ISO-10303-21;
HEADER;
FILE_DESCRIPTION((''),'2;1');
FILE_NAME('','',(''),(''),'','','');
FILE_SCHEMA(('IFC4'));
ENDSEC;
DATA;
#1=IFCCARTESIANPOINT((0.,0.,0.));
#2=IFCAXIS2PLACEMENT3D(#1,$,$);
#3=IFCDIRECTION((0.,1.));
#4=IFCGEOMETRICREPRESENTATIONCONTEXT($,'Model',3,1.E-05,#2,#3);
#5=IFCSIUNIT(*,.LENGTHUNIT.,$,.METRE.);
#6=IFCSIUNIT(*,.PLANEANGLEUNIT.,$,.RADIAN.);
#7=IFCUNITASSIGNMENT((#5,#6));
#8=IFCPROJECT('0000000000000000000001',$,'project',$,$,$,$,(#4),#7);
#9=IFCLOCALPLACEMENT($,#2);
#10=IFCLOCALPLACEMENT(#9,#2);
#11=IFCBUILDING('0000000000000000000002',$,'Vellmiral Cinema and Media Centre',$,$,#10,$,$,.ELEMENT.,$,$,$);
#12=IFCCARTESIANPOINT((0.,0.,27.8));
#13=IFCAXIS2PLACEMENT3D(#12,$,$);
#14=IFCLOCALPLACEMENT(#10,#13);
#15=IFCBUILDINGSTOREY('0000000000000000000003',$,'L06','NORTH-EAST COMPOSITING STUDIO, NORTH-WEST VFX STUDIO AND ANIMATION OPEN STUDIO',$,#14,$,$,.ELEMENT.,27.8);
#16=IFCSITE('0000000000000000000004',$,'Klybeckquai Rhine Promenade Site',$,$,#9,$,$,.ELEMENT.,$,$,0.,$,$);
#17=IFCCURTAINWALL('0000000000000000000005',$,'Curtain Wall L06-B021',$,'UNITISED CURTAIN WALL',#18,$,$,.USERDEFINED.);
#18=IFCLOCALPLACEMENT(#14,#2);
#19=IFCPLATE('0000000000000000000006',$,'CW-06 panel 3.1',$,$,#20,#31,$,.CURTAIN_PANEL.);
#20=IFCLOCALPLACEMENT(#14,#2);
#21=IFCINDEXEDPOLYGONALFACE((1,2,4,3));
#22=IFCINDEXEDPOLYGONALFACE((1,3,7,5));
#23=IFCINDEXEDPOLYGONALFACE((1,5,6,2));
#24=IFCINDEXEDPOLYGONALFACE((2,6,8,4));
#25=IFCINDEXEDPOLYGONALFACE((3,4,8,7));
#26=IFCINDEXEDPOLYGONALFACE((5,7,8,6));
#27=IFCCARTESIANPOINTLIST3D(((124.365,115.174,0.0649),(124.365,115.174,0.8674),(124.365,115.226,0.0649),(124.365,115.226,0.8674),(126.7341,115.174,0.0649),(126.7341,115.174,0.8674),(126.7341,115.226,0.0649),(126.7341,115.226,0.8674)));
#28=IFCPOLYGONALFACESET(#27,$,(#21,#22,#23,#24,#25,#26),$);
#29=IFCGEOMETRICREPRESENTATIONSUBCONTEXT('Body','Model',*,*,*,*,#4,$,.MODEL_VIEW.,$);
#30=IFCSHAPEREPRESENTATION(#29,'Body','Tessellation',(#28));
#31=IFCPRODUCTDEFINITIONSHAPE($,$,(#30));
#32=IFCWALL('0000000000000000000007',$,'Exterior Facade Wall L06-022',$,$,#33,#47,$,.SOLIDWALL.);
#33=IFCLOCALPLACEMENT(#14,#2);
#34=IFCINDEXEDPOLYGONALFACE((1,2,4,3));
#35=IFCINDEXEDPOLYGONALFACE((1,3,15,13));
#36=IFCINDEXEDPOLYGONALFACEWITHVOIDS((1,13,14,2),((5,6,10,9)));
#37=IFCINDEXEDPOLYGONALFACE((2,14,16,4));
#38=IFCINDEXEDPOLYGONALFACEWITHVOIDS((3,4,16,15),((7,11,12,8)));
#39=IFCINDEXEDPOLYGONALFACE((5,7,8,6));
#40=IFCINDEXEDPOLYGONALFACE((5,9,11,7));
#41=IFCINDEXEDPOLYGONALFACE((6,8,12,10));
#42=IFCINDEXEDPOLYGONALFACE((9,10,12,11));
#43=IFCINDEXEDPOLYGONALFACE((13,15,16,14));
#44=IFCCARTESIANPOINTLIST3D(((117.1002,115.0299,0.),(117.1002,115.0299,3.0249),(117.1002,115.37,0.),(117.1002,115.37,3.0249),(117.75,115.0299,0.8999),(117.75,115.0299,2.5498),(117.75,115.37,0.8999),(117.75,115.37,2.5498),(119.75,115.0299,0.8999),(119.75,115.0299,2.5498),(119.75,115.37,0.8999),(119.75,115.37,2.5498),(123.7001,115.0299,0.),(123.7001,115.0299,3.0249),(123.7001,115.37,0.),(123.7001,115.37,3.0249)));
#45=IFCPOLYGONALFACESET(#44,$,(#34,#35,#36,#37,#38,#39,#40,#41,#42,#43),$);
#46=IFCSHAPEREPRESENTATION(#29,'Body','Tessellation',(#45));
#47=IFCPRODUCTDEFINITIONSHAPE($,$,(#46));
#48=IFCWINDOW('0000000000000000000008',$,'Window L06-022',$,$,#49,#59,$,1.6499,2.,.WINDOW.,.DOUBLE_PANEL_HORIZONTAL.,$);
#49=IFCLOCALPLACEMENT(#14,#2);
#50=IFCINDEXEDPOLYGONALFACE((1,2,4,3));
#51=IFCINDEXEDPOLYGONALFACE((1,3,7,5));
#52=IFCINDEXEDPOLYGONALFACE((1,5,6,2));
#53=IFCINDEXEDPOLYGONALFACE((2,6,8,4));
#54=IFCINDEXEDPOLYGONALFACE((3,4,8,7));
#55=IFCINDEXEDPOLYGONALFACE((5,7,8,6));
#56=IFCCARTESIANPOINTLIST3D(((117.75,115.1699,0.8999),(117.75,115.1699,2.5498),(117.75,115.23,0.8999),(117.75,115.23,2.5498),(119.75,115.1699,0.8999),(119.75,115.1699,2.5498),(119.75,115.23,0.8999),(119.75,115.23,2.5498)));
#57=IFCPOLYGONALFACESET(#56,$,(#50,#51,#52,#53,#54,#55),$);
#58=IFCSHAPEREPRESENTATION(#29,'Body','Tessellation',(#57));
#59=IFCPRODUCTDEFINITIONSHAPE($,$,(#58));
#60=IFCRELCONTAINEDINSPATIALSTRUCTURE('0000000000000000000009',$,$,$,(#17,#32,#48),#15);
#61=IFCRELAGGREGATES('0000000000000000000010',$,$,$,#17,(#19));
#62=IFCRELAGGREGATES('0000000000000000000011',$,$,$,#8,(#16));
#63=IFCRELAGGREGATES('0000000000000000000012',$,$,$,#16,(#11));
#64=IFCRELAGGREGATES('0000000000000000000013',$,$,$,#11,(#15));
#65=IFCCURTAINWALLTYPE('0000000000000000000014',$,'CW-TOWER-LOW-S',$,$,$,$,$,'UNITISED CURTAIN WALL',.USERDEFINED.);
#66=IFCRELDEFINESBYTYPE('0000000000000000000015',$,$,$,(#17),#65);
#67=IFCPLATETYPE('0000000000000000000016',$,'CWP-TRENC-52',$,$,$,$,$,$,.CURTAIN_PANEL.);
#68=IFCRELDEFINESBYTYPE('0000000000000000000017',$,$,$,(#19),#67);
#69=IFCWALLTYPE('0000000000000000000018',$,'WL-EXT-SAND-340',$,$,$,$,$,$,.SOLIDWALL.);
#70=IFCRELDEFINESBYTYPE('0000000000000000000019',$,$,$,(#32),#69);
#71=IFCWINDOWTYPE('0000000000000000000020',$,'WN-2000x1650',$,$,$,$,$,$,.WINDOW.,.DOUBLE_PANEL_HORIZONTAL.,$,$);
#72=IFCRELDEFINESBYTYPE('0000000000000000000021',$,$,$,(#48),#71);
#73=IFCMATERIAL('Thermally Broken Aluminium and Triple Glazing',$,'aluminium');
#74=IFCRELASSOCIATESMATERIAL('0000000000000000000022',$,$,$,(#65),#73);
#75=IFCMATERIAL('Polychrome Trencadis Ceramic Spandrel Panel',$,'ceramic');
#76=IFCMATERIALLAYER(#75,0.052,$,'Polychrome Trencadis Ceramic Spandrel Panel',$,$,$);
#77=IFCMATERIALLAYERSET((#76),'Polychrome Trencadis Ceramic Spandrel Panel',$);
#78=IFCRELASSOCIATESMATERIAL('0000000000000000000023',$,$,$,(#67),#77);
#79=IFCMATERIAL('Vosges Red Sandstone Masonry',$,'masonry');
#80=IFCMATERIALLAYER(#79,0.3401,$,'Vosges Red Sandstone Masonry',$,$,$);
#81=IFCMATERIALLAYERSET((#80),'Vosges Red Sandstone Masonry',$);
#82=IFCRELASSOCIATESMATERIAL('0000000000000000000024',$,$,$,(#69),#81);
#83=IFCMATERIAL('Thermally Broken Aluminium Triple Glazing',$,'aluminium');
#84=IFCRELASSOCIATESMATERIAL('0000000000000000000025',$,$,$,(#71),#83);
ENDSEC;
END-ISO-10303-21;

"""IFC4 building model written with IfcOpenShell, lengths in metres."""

from ifc_helpers import new_model, si_unit, direction, frame, frame_2d, origin, origin_2d, place, context, subcontext, project, spatial, rectangle, extrude, material, layer, layer_set, type_object, element, fill, aggregate, save


model = new_model("IFC4")

# Units and contexts
model_context = context("Model", 3, precision=1e-05, world=origin(), true_north=direction((0.0, 1.0)))
body_context = subcontext(model_context, "Body", "Model", "MODEL_VIEW")
ifc_project = project(units=[si_unit("LENGTHUNIT", "METRE"), si_unit("PLANEANGLEUNIT", "RADIAN")], contexts=[model_context])

# Site, building, storey
site_placement = place(None, origin())
site = spatial("IfcSite", under=ifc_project, at=site_placement, Name="Klybeckquai Rhine Promenade Site", CompositionType="ELEMENT", RefElevation=0.0)
building_placement = place(site_placement, origin())
building = spatial("IfcBuilding", under=site, at=building_placement, Name="Vellmiral Cinema and Media Centre", CompositionType="ELEMENT")
storey_placement = place(building_placement, frame((0.0, 0.0, 27.8)))
storey = spatial("IfcBuildingStorey", under=building, at=storey_placement, Name="L06", Description="NORTH-EAST COMPOSITING STUDIO, NORTH-WEST VFX STUDIO AND ANIMATION OPEN STUDIO", CompositionType="ELEMENT", Elevation=27.8)

# Curtain wall
ifc_material_1 = material(Name="Thermally Broken Aluminium and Triple Glazing", Category="aluminium")
curtain_wall_type = type_object("IfcCurtainWallType", Name="CW-TOWER-LOW-S", ElementType="UNITISED CURTAIN WALL", PredefinedType="USERDEFINED", material=ifc_material_1)
curtain_wall_placement = place(storey_placement, origin())
curtain_wall = element("IfcCurtainWall", 1, at=curtain_wall_placement, inside=storey, type_object=curtain_wall_type, Name="Curtain Wall L06-B021", ObjectType="UNITISED CURTAIN WALL", PredefinedType="USERDEFINED")

# Plate
ifc_material_2 = material(Name="Polychrome Trencadis Ceramic Spandrel Panel", Category="ceramic")
ifc_layer_1 = layer(ifc_material_2, 0.052, Name="Polychrome Trencadis Ceramic Spandrel Panel")
ifc_layer_set_1 = layer_set([ifc_layer_1], Name="Polychrome Trencadis Ceramic Spandrel Panel")
plate_type_1 = type_object("IfcPlateType", Name="CWP-TRENC-52", PredefinedType="CURTAIN_PANEL", material=ifc_layer_set_1)
plate_1_placement = place(storey_placement, frame((125.5496, 115.2, 0.0649), z_axis=(0.0, 0.0, 1.0), x_axis=(-1.0, 0.0, 0.0)))
plate_1 = element("IfcPlate", 2, at=plate_1_placement, type_object=plate_type_1, Name="CW-06 panel 3.1", PredefinedType="CURTAIN_PANEL", context=body_context, shape_type="SweptSolid", body=[
    extrude(rectangle(XDim=2.3691, YDim=0.052, at=origin_2d()), origin(), (0.0, 0.0, 1.0), 0.8025),
])
aggregate(curtain_wall, [plate_1])

# Wall, opening, window
ifc_material_3 = material(Name="Vosges Red Sandstone Masonry", Category="masonry")
ifc_layer_2 = layer(ifc_material_3, 0.3401, Name="Vosges Red Sandstone Masonry")
ifc_layer_set_2 = layer_set([ifc_layer_2], Name="Vosges Red Sandstone Masonry")
wall_type = type_object("IfcWallType", Name="WL-EXT-SAND-340", PredefinedType="SOLIDWALL", material=ifc_layer_set_2)
wall_placement = place(storey_placement, frame((123.7, 115.2, 0.0), z_axis=(0.0, 0.0, 1.0), x_axis=(-1.0, 0.0, 0.0)))
wall = element("IfcWall", 3, at=wall_placement, inside=storey, type_object=wall_type, Name="Exterior Facade Wall L06-022", PredefinedType="SOLIDWALL", context=body_context, shape_type="SweptSolid", body=[
    extrude(rectangle(XDim=6.5999, YDim=0.3401, at=frame_2d((3.2998, 0.0))), origin(), (0.0, 0.0, 1.0), 3.0249),
])
opening_placement = place(wall_placement, frame((3.95, 0.0, 0.8999)))
opening = element("IfcOpeningElement", 4, at=opening_placement, cuts=wall, PredefinedType="OPENING", context=body_context, shape_type="SweptSolid", body=[
    extrude(rectangle(XDim=2.0, YDim=1.6499, at=frame_2d((1.0, 0.825))), frame((0.0, 0.1821, 0.0), z_axis=(0.0, -1.0, 0.0), x_axis=(1.0, 0.0, 0.0)), (0.0, 0.0, 1.0), 0.364),
])
ifc_material_4 = material(Name="Thermally Broken Aluminium Triple Glazing", Category="aluminium")
window_type = type_object("IfcWindowType", Name="WN-2000x1650", PartitioningType="DOUBLE_PANEL_HORIZONTAL", PredefinedType="WINDOW", material=ifc_material_4)
window_placement = place(opening_placement, origin())
window = element("IfcWindow", 5, at=window_placement, inside=storey, type_object=window_type, Name="Window L06-022", OverallHeight=1.6499, OverallWidth=2.0, PartitioningType="DOUBLE_PANEL_HORIZONTAL", PredefinedType="WINDOW", context=body_context, shape_type="SweptSolid", body=[
    extrude(rectangle(XDim=2.0, YDim=1.6499, at=frame_2d((1.0, 0.825))), frame((0.0, 0.03, 0.0), z_axis=(0.0, -1.0, 0.0), x_axis=(1.0, 0.0, 0.0)), (0.0, 0.0, 1.0), 0.0601),
])
fill(opening, window)

save(model, "model.ifc")
